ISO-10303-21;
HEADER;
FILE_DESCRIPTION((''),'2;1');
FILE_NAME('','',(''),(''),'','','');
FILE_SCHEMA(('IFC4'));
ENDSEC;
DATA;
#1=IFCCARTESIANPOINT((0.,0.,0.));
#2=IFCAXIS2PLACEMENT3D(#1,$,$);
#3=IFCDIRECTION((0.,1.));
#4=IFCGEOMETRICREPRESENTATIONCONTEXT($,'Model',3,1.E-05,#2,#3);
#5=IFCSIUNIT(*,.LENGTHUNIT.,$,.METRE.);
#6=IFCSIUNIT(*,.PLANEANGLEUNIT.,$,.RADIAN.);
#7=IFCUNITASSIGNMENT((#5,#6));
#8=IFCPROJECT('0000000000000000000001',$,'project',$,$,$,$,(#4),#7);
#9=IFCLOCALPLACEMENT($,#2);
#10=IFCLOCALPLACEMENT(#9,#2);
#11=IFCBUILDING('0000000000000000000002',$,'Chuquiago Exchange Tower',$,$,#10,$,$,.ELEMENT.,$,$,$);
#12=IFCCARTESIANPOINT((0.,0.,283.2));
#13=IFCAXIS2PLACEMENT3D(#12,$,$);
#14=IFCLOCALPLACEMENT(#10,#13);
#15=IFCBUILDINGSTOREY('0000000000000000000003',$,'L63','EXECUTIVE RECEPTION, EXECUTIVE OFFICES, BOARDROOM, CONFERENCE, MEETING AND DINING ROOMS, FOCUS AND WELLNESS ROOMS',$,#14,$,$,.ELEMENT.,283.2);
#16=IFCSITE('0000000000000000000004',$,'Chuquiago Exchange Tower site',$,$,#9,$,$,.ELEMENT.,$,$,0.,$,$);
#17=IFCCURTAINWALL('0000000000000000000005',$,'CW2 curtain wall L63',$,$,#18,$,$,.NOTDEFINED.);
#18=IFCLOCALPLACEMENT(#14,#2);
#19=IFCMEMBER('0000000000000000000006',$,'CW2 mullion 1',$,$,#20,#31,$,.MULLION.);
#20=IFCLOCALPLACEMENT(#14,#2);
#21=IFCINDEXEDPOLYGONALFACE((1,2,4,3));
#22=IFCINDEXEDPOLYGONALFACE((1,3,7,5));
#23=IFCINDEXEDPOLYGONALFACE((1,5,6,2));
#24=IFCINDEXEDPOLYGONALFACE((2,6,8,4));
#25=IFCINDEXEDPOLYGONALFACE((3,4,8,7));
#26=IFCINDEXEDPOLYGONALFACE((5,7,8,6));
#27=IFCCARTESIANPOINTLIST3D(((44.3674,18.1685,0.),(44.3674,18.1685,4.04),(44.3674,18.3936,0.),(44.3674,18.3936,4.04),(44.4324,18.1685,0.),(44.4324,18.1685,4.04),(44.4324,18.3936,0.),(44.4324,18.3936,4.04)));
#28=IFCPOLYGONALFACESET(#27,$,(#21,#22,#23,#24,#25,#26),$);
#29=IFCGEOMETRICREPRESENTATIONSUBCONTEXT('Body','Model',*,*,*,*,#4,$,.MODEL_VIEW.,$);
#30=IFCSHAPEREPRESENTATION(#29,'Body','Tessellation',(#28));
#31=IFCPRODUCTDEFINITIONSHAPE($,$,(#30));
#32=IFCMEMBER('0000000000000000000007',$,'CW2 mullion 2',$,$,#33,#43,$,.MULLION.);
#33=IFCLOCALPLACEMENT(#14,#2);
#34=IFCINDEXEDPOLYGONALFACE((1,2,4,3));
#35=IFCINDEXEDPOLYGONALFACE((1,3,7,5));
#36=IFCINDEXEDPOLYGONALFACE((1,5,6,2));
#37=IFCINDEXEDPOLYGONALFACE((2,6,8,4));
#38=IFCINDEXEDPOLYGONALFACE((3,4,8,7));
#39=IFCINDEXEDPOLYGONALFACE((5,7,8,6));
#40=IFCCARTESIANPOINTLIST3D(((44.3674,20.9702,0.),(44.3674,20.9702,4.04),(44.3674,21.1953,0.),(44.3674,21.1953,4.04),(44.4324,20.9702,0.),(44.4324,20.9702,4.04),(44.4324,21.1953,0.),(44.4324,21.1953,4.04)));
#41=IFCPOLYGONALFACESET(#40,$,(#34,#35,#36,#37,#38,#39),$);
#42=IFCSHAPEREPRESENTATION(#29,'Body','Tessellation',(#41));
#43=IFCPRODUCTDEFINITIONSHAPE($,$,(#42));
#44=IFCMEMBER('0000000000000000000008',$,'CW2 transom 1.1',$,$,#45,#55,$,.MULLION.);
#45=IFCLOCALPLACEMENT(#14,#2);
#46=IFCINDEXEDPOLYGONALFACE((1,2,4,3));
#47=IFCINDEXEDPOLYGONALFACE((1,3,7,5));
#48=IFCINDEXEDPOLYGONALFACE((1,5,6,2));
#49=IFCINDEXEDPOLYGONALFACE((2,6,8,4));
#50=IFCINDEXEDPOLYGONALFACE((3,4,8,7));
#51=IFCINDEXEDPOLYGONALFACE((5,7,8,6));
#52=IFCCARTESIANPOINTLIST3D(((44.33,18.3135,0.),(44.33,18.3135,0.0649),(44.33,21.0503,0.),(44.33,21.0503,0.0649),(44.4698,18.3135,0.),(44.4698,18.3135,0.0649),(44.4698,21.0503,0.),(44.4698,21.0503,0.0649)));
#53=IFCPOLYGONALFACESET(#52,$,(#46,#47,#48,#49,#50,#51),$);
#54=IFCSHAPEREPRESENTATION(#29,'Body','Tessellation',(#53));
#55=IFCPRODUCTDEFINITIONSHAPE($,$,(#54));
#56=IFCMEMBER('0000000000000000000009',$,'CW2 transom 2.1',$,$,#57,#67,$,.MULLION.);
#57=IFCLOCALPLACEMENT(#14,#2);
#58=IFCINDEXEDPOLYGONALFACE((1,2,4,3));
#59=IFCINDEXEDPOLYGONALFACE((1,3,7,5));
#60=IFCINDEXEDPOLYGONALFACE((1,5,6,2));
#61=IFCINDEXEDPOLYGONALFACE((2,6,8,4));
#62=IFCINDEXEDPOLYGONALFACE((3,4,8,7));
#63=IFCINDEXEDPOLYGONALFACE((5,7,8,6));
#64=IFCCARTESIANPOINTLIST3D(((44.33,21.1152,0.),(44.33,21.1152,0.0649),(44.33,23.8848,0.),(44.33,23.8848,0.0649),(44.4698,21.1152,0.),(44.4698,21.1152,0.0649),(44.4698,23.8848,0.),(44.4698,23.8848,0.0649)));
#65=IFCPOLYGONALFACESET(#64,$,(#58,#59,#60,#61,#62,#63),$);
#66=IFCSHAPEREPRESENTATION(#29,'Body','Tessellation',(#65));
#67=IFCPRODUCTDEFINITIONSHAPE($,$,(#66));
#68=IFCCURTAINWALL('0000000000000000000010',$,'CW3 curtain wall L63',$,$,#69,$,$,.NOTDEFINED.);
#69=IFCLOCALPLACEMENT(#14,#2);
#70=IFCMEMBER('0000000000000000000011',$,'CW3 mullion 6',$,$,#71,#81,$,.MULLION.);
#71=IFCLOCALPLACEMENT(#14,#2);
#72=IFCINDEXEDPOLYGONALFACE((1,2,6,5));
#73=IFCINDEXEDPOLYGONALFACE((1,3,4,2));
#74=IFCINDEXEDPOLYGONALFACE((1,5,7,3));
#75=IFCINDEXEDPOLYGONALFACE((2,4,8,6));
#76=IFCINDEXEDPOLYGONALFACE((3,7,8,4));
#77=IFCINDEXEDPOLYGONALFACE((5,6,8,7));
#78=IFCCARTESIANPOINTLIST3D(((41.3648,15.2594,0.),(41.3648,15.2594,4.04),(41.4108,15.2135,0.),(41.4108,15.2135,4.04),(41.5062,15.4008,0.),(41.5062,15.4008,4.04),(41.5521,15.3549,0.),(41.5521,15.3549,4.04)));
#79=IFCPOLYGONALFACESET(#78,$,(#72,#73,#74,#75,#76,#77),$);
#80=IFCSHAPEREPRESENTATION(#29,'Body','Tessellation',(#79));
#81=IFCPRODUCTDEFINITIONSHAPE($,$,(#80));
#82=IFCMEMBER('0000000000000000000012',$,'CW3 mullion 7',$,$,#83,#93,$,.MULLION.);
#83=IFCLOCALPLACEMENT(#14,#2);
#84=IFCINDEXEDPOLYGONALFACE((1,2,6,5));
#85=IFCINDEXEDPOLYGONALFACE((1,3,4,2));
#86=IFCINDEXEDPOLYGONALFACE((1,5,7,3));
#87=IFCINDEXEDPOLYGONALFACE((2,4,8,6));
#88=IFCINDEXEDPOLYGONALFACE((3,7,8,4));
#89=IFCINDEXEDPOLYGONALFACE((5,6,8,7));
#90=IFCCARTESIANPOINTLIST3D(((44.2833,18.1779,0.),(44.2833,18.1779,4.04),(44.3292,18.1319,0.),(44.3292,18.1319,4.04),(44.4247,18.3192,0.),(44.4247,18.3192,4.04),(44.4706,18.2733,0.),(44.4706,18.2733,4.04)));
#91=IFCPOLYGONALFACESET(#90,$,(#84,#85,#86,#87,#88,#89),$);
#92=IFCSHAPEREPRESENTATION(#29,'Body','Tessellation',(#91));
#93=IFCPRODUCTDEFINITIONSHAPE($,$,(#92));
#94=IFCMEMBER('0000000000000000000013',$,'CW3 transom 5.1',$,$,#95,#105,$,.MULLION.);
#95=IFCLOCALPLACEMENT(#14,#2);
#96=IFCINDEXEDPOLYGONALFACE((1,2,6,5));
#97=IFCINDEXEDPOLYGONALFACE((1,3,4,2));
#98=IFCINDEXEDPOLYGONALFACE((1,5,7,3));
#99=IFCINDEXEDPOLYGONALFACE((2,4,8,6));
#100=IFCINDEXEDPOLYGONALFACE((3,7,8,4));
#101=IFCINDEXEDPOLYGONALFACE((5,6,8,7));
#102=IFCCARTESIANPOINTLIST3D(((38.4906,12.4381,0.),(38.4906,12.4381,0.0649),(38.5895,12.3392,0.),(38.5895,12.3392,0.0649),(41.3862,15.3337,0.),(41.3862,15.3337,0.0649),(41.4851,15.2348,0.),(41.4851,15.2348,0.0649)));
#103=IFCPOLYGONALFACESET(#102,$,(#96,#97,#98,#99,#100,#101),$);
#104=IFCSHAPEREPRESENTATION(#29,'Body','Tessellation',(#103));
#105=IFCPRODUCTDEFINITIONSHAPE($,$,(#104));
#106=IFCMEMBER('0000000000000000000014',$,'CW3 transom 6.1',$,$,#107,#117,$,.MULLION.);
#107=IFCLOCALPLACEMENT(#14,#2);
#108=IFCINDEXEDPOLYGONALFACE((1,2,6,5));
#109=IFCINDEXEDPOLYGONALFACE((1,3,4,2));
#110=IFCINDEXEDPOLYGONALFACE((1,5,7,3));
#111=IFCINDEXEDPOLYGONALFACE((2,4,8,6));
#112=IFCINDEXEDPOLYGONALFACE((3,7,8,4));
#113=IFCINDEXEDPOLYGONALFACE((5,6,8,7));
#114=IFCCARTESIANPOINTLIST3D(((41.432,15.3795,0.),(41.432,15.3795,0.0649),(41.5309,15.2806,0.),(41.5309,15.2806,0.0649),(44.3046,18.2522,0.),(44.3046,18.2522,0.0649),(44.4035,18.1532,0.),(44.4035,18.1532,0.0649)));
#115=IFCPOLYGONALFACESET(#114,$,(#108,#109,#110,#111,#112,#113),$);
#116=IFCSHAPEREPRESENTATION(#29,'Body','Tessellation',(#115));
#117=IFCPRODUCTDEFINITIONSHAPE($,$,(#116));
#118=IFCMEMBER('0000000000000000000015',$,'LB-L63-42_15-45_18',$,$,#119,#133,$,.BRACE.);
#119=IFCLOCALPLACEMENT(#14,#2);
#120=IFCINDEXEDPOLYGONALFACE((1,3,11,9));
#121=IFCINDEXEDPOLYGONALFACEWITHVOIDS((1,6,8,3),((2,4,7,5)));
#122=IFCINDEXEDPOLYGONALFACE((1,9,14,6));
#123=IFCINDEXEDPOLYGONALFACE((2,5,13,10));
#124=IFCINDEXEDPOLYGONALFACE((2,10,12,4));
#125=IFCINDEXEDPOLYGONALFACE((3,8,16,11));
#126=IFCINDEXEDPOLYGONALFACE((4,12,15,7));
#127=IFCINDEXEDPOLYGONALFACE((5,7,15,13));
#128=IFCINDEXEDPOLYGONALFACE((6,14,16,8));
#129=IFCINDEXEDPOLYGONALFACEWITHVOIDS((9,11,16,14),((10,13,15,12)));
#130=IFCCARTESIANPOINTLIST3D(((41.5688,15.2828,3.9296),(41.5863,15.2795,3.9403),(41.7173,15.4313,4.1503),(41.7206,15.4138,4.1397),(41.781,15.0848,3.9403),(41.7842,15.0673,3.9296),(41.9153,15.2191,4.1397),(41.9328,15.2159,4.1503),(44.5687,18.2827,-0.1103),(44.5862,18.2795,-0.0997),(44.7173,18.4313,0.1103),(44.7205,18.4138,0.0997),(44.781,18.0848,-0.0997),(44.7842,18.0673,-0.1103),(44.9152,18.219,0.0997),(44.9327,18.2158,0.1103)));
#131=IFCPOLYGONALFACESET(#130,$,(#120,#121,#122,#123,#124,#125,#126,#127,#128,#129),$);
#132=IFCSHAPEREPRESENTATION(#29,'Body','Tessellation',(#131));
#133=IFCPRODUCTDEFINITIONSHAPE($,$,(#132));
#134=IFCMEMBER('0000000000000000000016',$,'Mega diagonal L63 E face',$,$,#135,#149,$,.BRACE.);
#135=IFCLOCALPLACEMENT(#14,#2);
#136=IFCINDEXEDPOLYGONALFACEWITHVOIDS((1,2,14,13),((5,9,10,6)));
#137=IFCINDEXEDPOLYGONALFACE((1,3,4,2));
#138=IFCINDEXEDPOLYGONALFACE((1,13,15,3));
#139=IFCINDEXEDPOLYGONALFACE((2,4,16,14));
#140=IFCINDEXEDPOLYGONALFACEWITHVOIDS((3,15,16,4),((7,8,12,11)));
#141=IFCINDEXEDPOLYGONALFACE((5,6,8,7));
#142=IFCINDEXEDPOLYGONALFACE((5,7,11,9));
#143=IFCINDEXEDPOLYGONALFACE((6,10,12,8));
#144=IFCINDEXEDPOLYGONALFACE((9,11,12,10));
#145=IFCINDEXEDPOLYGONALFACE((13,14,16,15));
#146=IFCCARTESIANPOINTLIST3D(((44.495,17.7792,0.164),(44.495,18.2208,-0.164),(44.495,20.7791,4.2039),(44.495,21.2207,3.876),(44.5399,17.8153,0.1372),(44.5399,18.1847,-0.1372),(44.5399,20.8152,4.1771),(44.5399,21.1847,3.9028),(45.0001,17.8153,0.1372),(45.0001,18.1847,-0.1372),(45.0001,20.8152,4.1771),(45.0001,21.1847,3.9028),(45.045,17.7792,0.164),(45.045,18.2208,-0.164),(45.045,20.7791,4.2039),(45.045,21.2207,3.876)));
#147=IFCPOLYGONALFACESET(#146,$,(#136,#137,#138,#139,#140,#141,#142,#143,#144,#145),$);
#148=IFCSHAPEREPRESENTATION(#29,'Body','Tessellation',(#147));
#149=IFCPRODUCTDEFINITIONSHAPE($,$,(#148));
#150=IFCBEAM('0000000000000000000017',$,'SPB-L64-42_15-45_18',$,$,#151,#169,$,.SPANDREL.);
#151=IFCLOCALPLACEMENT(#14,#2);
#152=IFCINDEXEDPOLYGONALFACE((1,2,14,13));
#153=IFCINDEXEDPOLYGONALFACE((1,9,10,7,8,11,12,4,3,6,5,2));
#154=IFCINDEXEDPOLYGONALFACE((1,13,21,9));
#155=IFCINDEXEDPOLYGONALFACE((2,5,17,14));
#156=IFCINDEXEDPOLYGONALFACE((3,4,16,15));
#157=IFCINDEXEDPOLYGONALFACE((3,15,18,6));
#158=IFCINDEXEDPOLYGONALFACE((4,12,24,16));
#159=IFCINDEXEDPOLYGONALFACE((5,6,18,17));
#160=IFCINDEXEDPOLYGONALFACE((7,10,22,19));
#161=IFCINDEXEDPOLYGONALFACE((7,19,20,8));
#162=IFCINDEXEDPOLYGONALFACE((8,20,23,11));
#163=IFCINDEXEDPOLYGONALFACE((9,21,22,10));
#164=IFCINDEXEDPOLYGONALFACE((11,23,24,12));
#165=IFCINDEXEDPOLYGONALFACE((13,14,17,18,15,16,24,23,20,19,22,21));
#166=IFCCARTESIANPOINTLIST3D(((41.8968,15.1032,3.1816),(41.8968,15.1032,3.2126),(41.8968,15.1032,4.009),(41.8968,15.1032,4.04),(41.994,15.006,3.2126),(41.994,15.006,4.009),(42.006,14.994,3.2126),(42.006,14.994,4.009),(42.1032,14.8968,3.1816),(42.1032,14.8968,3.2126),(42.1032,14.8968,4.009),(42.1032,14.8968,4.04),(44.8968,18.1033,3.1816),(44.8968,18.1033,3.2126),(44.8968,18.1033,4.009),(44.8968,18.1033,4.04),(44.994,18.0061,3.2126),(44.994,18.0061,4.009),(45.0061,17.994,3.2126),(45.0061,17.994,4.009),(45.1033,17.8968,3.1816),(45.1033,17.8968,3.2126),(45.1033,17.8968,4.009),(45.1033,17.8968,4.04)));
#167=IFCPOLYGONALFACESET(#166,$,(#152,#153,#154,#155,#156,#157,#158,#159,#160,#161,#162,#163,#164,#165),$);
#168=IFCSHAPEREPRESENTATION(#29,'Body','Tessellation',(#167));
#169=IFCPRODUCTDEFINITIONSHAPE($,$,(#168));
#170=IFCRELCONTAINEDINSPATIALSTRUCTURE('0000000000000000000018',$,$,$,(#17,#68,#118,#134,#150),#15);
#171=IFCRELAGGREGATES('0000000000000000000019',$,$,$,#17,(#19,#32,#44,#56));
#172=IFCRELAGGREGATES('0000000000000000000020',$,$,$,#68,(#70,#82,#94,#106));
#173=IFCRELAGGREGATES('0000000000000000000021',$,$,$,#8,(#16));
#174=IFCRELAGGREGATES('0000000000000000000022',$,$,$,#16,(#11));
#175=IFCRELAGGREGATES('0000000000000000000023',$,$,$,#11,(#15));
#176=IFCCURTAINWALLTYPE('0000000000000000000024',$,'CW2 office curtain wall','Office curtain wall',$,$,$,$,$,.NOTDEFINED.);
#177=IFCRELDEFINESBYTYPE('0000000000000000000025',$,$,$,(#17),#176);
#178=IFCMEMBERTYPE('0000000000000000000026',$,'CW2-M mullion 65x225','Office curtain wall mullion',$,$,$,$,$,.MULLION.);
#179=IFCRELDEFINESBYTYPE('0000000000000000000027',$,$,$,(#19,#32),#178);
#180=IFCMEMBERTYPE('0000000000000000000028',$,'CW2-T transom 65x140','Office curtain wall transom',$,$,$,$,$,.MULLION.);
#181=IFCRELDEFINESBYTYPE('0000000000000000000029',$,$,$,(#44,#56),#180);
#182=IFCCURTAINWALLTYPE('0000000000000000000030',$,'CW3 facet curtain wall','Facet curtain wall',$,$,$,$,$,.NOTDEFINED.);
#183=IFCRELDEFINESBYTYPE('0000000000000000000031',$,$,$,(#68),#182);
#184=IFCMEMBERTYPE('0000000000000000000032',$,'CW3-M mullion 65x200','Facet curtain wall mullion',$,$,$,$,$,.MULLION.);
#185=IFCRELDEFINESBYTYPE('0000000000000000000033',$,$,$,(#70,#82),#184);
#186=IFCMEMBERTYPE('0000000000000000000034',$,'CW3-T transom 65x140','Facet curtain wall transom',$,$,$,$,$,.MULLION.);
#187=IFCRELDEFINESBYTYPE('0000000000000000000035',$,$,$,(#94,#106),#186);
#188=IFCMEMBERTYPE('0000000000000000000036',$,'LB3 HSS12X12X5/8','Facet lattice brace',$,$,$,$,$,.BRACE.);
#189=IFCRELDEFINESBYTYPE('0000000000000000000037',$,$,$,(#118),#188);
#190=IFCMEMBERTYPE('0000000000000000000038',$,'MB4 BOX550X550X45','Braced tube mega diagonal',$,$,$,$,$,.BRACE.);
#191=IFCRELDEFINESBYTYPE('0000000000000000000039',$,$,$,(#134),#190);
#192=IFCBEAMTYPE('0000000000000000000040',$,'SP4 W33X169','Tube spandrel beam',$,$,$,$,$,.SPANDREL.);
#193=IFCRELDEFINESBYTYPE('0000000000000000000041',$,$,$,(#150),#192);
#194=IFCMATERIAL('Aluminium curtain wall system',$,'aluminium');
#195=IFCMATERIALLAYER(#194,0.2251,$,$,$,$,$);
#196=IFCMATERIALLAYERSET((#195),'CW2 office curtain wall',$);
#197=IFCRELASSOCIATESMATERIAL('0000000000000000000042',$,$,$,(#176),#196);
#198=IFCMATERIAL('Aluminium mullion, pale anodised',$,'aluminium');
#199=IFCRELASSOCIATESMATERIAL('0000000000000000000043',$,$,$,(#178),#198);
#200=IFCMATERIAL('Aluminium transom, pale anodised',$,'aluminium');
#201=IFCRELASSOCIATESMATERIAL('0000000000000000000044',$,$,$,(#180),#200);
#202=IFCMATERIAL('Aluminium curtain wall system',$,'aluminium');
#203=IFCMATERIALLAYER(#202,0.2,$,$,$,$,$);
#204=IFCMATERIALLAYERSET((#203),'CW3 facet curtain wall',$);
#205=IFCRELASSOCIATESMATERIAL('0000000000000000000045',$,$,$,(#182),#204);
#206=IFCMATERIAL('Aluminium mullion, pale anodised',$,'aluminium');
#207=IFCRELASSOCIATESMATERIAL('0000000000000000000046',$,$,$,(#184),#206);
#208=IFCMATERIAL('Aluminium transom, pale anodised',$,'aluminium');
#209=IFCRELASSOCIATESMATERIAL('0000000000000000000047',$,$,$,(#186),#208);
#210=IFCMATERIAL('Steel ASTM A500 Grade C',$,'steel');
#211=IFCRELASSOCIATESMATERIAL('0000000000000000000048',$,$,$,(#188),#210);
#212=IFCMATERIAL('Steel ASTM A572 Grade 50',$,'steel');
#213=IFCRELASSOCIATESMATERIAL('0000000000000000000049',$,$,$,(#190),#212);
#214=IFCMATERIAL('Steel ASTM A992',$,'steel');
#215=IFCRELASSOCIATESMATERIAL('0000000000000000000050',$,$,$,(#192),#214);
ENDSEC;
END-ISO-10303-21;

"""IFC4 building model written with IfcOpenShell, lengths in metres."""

from ifc_helpers import new_model, si_unit, direction, frame, origin, origin_2d, place, context, subcontext, project, spatial, rectangle, hollow_rectangle, i_section, extrude, material, layer, layer_set, material_profile, profile_set, type_object, element, aggregate, save


model = new_model("IFC4")

# Units and contexts
model_context = context("Model", 3, precision=1e-05, world=origin(), true_north=direction((0.0, 1.0)))
body_context = subcontext(model_context, "Body", "Model", "MODEL_VIEW")
ifc_project = project(units=[si_unit("LENGTHUNIT", "METRE"), si_unit("PLANEANGLEUNIT", "RADIAN")], contexts=[model_context])

# Site, building, storey
site_placement = place(None, origin())
site = spatial("IfcSite", under=ifc_project, at=site_placement, Name="Chuquiago Exchange Tower site", CompositionType="ELEMENT", RefElevation=0.0)
building_placement = place(site_placement, origin())
building = spatial("IfcBuilding", under=site, at=building_placement, Name="Chuquiago Exchange Tower", CompositionType="ELEMENT")
storey_placement = place(building_placement, frame((0.0, 0.0, 283.2)))
storey = spatial("IfcBuildingStorey", under=building, at=storey_placement, Name="L63", Description="EXECUTIVE RECEPTION, EXECUTIVE OFFICES, BOARDROOM, CONFERENCE, MEETING AND DINING ROOMS, FOCUS AND WELLNESS ROOMS", CompositionType="ELEMENT", Elevation=283.2)

# Curtain walls, members
ifc_material_1 = material(Name="Aluminium curtain wall system", Category="aluminium")
ifc_layer_1 = layer(ifc_material_1, 0.2251)
ifc_layer_set_1 = layer_set([ifc_layer_1], Name="CW2 office curtain wall")
curtain_wall_type_1 = type_object("IfcCurtainWallType", Name="CW2 office curtain wall", Description="Office curtain wall", PredefinedType="NOTDEFINED", material=ifc_layer_set_1)
curtain_wall_1_placement = place(storey_placement, origin())
curtain_wall_1 = element("IfcCurtainWall", 1, at=curtain_wall_1_placement, inside=storey, type_object=curtain_wall_type_1, Name="CW2 curtain wall L63", PredefinedType="NOTDEFINED")
ifc_material_2 = material(Name="Aluminium mullion, pale anodised", Category="aluminium")
ifc_material_profile_1 = material_profile(ifc_material_2, rectangle(XDim=0.0649, YDim=0.2251, at=origin_2d()), Name="AL 65x225")
ifc_profile_set_1 = profile_set([ifc_material_profile_1], Name="Aluminium mullion, pale anodised")
member_type_1 = type_object("IfcMemberType", Name="CW2-M mullion 65x225", Description="Office curtain wall mullion", PredefinedType="MULLION", material=ifc_profile_set_1)
member_1_placement = place(storey_placement, frame((44.3999, 18.281, 0.0), z_axis=(0.0, 0.0, 1.0), x_axis=(-1.0, 0.0, 0.0)))
member_1 = element("IfcMember", 2, at=member_1_placement, type_object=member_type_1, Name="CW2 mullion 1", PredefinedType="MULLION", context=body_context, shape_type="SweptSolid", body=[
    extrude(rectangle(XDim=0.0649, YDim=0.2251, at=origin_2d()), origin(), (0.0, 0.0, 1.0), 4.04),
])
member_2_placement = place(storey_placement, frame((44.3999, 21.0828, 0.0), z_axis=(0.0, 0.0, 1.0), x_axis=(-1.0, 0.0, 0.0)))
member_2 = element("IfcMember", 3, at=member_2_placement, type_object=member_type_1, Name="CW2 mullion 2", PredefinedType="MULLION", context=body_context, shape_type="SweptSolid", body=[
    extrude(rectangle(XDim=0.0649, YDim=0.2251, at=origin_2d()), origin(), (0.0, 0.0, 1.0), 4.04),
])
ifc_material_3 = material(Name="Aluminium transom, pale anodised", Category="aluminium")
ifc_material_profile_2 = material_profile(ifc_material_3, rectangle(XDim=0.1399, YDim=0.0649, at=origin_2d()), Name="AL 140x65")
ifc_profile_set_2 = profile_set([ifc_material_profile_2], Name="Aluminium transom, pale anodised")
member_type_2 = type_object("IfcMemberType", Name="CW2-T transom 65x140", Description="Office curtain wall transom", PredefinedType="MULLION", material=ifc_profile_set_2)
member_3_placement = place(storey_placement, frame((44.3999, 18.3135, 0.0325), z_axis=(0.0, 1.0, 0.0), x_axis=(-1.0, 0.0, 0.0)))
member_3 = element("IfcMember", 4, at=member_3_placement, type_object=member_type_2, Name="CW2 transom 1.1", PredefinedType="MULLION", context=body_context, shape_type="SweptSolid", body=[
    extrude(rectangle(XDim=0.1399, YDim=0.0649, at=origin_2d()), origin(), (0.0, 0.0, 1.0), 2.7368),
])
member_4_placement = place(storey_placement, frame((44.3999, 21.1152, 0.0325), z_axis=(0.0, 1.0, 0.0), x_axis=(-1.0, 0.0, 0.0)))
member_4 = element("IfcMember", 5, at=member_4_placement, type_object=member_type_2, Name="CW2 transom 2.1", PredefinedType="MULLION", context=body_context, shape_type="SweptSolid", body=[
    extrude(rectangle(XDim=0.1399, YDim=0.0649, at=origin_2d()), origin(), (0.0, 0.0, 1.0), 2.7695),
])
ifc_material_4 = material(Name="Aluminium curtain wall system", Category="aluminium")
ifc_layer_2 = layer(ifc_material_4, 0.2)
ifc_layer_set_2 = layer_set([ifc_layer_2], Name="CW3 facet curtain wall")
curtain_wall_type_2 = type_object("IfcCurtainWallType", Name="CW3 facet curtain wall", Description="Facet curtain wall", PredefinedType="NOTDEFINED", material=ifc_layer_set_2)
curtain_wall_2_placement = place(storey_placement, origin())
curtain_wall_2 = element("IfcCurtainWall", 6, at=curtain_wall_2_placement, inside=storey, type_object=curtain_wall_type_2, Name="CW3 curtain wall L63", PredefinedType="NOTDEFINED")
ifc_material_5 = material(Name="Aluminium mullion, pale anodised", Category="aluminium")
ifc_material_profile_3 = material_profile(ifc_material_5, rectangle(XDim=0.0649, YDim=0.2, at=origin_2d()), Name="AL 65x200")
ifc_profile_set_3 = profile_set([ifc_material_profile_3], Name="Aluminium mullion, pale anodised")
member_type_3 = type_object("IfcMemberType", Name="CW3-M mullion 65x200", Description="Facet curtain wall mullion", PredefinedType="MULLION", material=ifc_profile_set_3)
member_5_placement = place(storey_placement, frame((41.4585, 15.3071, 0.0), z_axis=(0.0, 0.0, 1.0), x_axis=(-0.707107, 0.707107, 0.0)))
member_5 = element("IfcMember", 7, at=member_5_placement, type_object=member_type_3, Name="CW3 mullion 6", PredefinedType="MULLION", context=body_context, shape_type="SweptSolid", body=[
    extrude(rectangle(XDim=0.0649, YDim=0.2, at=origin_2d()), origin(), (0.0, 0.0, 1.0), 4.04),
])
member_6_placement = place(storey_placement, frame((44.377, 18.2256, 0.0), z_axis=(0.0, 0.0, 1.0), x_axis=(-0.707107, 0.707107, 0.0)))
member_6 = element("IfcMember", 8, at=member_6_placement, type_object=member_type_3, Name="CW3 mullion 7", PredefinedType="MULLION", context=body_context, shape_type="SweptSolid", body=[
    extrude(rectangle(XDim=0.0649, YDim=0.2, at=origin_2d()), origin(), (0.0, 0.0, 1.0), 4.04),
])
ifc_material_6 = material(Name="Aluminium transom, pale anodised", Category="aluminium")
ifc_material_profile_4 = material_profile(ifc_material_6, rectangle(XDim=0.1399, YDim=0.0649, at=origin_2d()), Name="AL 140x65")
ifc_profile_set_4 = profile_set([ifc_material_profile_4], Name="Aluminium transom, pale anodised")
member_type_4 = type_object("IfcMemberType", Name="CW3-T transom 65x140", Description="Facet curtain wall transom", PredefinedType="MULLION", material=ifc_profile_set_4)
member_7_placement = place(storey_placement, frame((38.54, 12.3887, 0.0325), z_axis=(0.707107, 0.707107, 0.0), x_axis=(-0.707107, 0.707107, 0.0)))
member_7 = element("IfcMember", 9, at=member_7_placement, type_object=member_type_4, Name="CW3 transom 5.1", PredefinedType="MULLION", context=body_context, shape_type="SweptSolid", body=[
    extrude(rectangle(XDim=0.1399, YDim=0.0649, at=origin_2d()), origin(), (0.0, 0.0, 1.0), 4.095),
])
member_8_placement = place(storey_placement, frame((41.4814, 15.3301, 0.0325), z_axis=(0.707107, 0.707107, 0.0), x_axis=(-0.707107, 0.707107, 0.0)))
member_8 = element("IfcMember", 10, at=member_8_placement, type_object=member_type_4, Name="CW3 transom 6.1", PredefinedType="MULLION", context=body_context, shape_type="SweptSolid", body=[
    extrude(rectangle(XDim=0.1399, YDim=0.0649, at=origin_2d()), origin(), (0.0, 0.0, 1.0), 4.0625),
])

# Members
ifc_material_7 = material(Name="Steel ASTM A500 Grade C", Category="steel")
ifc_material_profile_5 = material_profile(ifc_material_7, hollow_rectangle(XDim=0.3047, YDim=0.3047, WallThickness=0.0146, at=origin_2d()), Name="HSS12X12X5/8")
ifc_profile_set_5 = profile_set([ifc_material_profile_5], Name="Steel ASTM A500 Grade C")
member_type_5 = type_object("IfcMemberType", Name="LB3 HSS12X12X5/8", Description="Facet lattice brace", PredefinedType="BRACE", material=ifc_profile_set_5)
member_9_placement = place(storey_placement, frame((44.7507, 18.2493, 0.0), z_axis=(-0.512077, -0.512077, 0.689604), x_axis=(0.707107, -0.707107, 0.0)))
element("IfcMember", 11, at=member_9_placement, inside=storey, type_object=member_type_5, Name="LB-L63-42_15-45_18", PredefinedType="BRACE", context=body_context, shape_type="SweptSolid", body=[
    extrude(hollow_rectangle(XDim=0.3047, YDim=0.3047, WallThickness=0.0146, at=origin_2d()), origin(), (0.0, 0.0, 1.0), 5.8584),
])
ifc_material_8 = material(Name="Steel ASTM A572 Grade 50", Category="steel")
ifc_material_profile_6 = material_profile(ifc_material_8, hollow_rectangle(XDim=0.55, YDim=0.55, WallThickness=0.0449, at=origin_2d()), Name="BOX550X550X45")
ifc_profile_set_6 = profile_set([ifc_material_profile_6], Name="Steel ASTM A572 Grade 50")
member_type_6 = type_object("IfcMemberType", Name="MB4 BOX550X550X45", Description="Braced tube mega diagonal", PredefinedType="BRACE", material=ifc_profile_set_6)
member_10_placement = place(storey_placement, frame((44.77, 18.0, 0.0), z_axis=(0.0, 0.596174, 0.802855), x_axis=(-1.0, 0.0, 0.0)))
element("IfcMember", 12, at=member_10_placement, inside=storey, type_object=member_type_6, Name="Mega diagonal L63 E face", PredefinedType="BRACE", context=body_context, shape_type="SweptSolid", body=[
    extrude(hollow_rectangle(XDim=0.55, YDim=0.55, WallThickness=0.0449, at=origin_2d()), origin(), (0.0, 0.0, 1.0), 5.032),
])

# Beam
ifc_material_9 = material(Name="Steel ASTM A992", Category="steel")
ifc_material_profile_7 = material_profile(ifc_material_9, i_section(OverallWidth=0.292, OverallDepth=0.8584, WebThickness=0.0171, FlangeThickness=0.031, at=origin_2d()), Name="W33X169")
ifc_profile_set_7 = profile_set([ifc_material_profile_7], Name="Steel ASTM A992")
beam_type_1 = type_object("IfcBeamType", Name="SP4 W33X169", Description="Tube spandrel beam", PredefinedType="SPANDREL", material=ifc_profile_set_7)
beam_1_placement = place(storey_placement, frame((42.0, 15.0, 3.6108), z_axis=(0.707107, 0.707107, 0.0), x_axis=(-0.707107, 0.707107, 0.0)))
element("IfcBeam", 13, at=beam_1_placement, inside=storey, type_object=beam_type_1, Name="SPB-L64-42_15-45_18", PredefinedType="SPANDREL", context=body_context, shape_type="SweptSolid", body=[
    extrude(i_section(OverallWidth=0.292, OverallDepth=0.8584, WebThickness=0.0171, FlangeThickness=0.031, at=origin_2d()), origin(), (0.0, 0.0, 1.0), 4.2427),
])

aggregate(curtain_wall_1, [member_1, member_2, member_3, member_4])
aggregate(curtain_wall_2, [member_5, member_6, member_7, member_8])

save(model, "model.ifc")
